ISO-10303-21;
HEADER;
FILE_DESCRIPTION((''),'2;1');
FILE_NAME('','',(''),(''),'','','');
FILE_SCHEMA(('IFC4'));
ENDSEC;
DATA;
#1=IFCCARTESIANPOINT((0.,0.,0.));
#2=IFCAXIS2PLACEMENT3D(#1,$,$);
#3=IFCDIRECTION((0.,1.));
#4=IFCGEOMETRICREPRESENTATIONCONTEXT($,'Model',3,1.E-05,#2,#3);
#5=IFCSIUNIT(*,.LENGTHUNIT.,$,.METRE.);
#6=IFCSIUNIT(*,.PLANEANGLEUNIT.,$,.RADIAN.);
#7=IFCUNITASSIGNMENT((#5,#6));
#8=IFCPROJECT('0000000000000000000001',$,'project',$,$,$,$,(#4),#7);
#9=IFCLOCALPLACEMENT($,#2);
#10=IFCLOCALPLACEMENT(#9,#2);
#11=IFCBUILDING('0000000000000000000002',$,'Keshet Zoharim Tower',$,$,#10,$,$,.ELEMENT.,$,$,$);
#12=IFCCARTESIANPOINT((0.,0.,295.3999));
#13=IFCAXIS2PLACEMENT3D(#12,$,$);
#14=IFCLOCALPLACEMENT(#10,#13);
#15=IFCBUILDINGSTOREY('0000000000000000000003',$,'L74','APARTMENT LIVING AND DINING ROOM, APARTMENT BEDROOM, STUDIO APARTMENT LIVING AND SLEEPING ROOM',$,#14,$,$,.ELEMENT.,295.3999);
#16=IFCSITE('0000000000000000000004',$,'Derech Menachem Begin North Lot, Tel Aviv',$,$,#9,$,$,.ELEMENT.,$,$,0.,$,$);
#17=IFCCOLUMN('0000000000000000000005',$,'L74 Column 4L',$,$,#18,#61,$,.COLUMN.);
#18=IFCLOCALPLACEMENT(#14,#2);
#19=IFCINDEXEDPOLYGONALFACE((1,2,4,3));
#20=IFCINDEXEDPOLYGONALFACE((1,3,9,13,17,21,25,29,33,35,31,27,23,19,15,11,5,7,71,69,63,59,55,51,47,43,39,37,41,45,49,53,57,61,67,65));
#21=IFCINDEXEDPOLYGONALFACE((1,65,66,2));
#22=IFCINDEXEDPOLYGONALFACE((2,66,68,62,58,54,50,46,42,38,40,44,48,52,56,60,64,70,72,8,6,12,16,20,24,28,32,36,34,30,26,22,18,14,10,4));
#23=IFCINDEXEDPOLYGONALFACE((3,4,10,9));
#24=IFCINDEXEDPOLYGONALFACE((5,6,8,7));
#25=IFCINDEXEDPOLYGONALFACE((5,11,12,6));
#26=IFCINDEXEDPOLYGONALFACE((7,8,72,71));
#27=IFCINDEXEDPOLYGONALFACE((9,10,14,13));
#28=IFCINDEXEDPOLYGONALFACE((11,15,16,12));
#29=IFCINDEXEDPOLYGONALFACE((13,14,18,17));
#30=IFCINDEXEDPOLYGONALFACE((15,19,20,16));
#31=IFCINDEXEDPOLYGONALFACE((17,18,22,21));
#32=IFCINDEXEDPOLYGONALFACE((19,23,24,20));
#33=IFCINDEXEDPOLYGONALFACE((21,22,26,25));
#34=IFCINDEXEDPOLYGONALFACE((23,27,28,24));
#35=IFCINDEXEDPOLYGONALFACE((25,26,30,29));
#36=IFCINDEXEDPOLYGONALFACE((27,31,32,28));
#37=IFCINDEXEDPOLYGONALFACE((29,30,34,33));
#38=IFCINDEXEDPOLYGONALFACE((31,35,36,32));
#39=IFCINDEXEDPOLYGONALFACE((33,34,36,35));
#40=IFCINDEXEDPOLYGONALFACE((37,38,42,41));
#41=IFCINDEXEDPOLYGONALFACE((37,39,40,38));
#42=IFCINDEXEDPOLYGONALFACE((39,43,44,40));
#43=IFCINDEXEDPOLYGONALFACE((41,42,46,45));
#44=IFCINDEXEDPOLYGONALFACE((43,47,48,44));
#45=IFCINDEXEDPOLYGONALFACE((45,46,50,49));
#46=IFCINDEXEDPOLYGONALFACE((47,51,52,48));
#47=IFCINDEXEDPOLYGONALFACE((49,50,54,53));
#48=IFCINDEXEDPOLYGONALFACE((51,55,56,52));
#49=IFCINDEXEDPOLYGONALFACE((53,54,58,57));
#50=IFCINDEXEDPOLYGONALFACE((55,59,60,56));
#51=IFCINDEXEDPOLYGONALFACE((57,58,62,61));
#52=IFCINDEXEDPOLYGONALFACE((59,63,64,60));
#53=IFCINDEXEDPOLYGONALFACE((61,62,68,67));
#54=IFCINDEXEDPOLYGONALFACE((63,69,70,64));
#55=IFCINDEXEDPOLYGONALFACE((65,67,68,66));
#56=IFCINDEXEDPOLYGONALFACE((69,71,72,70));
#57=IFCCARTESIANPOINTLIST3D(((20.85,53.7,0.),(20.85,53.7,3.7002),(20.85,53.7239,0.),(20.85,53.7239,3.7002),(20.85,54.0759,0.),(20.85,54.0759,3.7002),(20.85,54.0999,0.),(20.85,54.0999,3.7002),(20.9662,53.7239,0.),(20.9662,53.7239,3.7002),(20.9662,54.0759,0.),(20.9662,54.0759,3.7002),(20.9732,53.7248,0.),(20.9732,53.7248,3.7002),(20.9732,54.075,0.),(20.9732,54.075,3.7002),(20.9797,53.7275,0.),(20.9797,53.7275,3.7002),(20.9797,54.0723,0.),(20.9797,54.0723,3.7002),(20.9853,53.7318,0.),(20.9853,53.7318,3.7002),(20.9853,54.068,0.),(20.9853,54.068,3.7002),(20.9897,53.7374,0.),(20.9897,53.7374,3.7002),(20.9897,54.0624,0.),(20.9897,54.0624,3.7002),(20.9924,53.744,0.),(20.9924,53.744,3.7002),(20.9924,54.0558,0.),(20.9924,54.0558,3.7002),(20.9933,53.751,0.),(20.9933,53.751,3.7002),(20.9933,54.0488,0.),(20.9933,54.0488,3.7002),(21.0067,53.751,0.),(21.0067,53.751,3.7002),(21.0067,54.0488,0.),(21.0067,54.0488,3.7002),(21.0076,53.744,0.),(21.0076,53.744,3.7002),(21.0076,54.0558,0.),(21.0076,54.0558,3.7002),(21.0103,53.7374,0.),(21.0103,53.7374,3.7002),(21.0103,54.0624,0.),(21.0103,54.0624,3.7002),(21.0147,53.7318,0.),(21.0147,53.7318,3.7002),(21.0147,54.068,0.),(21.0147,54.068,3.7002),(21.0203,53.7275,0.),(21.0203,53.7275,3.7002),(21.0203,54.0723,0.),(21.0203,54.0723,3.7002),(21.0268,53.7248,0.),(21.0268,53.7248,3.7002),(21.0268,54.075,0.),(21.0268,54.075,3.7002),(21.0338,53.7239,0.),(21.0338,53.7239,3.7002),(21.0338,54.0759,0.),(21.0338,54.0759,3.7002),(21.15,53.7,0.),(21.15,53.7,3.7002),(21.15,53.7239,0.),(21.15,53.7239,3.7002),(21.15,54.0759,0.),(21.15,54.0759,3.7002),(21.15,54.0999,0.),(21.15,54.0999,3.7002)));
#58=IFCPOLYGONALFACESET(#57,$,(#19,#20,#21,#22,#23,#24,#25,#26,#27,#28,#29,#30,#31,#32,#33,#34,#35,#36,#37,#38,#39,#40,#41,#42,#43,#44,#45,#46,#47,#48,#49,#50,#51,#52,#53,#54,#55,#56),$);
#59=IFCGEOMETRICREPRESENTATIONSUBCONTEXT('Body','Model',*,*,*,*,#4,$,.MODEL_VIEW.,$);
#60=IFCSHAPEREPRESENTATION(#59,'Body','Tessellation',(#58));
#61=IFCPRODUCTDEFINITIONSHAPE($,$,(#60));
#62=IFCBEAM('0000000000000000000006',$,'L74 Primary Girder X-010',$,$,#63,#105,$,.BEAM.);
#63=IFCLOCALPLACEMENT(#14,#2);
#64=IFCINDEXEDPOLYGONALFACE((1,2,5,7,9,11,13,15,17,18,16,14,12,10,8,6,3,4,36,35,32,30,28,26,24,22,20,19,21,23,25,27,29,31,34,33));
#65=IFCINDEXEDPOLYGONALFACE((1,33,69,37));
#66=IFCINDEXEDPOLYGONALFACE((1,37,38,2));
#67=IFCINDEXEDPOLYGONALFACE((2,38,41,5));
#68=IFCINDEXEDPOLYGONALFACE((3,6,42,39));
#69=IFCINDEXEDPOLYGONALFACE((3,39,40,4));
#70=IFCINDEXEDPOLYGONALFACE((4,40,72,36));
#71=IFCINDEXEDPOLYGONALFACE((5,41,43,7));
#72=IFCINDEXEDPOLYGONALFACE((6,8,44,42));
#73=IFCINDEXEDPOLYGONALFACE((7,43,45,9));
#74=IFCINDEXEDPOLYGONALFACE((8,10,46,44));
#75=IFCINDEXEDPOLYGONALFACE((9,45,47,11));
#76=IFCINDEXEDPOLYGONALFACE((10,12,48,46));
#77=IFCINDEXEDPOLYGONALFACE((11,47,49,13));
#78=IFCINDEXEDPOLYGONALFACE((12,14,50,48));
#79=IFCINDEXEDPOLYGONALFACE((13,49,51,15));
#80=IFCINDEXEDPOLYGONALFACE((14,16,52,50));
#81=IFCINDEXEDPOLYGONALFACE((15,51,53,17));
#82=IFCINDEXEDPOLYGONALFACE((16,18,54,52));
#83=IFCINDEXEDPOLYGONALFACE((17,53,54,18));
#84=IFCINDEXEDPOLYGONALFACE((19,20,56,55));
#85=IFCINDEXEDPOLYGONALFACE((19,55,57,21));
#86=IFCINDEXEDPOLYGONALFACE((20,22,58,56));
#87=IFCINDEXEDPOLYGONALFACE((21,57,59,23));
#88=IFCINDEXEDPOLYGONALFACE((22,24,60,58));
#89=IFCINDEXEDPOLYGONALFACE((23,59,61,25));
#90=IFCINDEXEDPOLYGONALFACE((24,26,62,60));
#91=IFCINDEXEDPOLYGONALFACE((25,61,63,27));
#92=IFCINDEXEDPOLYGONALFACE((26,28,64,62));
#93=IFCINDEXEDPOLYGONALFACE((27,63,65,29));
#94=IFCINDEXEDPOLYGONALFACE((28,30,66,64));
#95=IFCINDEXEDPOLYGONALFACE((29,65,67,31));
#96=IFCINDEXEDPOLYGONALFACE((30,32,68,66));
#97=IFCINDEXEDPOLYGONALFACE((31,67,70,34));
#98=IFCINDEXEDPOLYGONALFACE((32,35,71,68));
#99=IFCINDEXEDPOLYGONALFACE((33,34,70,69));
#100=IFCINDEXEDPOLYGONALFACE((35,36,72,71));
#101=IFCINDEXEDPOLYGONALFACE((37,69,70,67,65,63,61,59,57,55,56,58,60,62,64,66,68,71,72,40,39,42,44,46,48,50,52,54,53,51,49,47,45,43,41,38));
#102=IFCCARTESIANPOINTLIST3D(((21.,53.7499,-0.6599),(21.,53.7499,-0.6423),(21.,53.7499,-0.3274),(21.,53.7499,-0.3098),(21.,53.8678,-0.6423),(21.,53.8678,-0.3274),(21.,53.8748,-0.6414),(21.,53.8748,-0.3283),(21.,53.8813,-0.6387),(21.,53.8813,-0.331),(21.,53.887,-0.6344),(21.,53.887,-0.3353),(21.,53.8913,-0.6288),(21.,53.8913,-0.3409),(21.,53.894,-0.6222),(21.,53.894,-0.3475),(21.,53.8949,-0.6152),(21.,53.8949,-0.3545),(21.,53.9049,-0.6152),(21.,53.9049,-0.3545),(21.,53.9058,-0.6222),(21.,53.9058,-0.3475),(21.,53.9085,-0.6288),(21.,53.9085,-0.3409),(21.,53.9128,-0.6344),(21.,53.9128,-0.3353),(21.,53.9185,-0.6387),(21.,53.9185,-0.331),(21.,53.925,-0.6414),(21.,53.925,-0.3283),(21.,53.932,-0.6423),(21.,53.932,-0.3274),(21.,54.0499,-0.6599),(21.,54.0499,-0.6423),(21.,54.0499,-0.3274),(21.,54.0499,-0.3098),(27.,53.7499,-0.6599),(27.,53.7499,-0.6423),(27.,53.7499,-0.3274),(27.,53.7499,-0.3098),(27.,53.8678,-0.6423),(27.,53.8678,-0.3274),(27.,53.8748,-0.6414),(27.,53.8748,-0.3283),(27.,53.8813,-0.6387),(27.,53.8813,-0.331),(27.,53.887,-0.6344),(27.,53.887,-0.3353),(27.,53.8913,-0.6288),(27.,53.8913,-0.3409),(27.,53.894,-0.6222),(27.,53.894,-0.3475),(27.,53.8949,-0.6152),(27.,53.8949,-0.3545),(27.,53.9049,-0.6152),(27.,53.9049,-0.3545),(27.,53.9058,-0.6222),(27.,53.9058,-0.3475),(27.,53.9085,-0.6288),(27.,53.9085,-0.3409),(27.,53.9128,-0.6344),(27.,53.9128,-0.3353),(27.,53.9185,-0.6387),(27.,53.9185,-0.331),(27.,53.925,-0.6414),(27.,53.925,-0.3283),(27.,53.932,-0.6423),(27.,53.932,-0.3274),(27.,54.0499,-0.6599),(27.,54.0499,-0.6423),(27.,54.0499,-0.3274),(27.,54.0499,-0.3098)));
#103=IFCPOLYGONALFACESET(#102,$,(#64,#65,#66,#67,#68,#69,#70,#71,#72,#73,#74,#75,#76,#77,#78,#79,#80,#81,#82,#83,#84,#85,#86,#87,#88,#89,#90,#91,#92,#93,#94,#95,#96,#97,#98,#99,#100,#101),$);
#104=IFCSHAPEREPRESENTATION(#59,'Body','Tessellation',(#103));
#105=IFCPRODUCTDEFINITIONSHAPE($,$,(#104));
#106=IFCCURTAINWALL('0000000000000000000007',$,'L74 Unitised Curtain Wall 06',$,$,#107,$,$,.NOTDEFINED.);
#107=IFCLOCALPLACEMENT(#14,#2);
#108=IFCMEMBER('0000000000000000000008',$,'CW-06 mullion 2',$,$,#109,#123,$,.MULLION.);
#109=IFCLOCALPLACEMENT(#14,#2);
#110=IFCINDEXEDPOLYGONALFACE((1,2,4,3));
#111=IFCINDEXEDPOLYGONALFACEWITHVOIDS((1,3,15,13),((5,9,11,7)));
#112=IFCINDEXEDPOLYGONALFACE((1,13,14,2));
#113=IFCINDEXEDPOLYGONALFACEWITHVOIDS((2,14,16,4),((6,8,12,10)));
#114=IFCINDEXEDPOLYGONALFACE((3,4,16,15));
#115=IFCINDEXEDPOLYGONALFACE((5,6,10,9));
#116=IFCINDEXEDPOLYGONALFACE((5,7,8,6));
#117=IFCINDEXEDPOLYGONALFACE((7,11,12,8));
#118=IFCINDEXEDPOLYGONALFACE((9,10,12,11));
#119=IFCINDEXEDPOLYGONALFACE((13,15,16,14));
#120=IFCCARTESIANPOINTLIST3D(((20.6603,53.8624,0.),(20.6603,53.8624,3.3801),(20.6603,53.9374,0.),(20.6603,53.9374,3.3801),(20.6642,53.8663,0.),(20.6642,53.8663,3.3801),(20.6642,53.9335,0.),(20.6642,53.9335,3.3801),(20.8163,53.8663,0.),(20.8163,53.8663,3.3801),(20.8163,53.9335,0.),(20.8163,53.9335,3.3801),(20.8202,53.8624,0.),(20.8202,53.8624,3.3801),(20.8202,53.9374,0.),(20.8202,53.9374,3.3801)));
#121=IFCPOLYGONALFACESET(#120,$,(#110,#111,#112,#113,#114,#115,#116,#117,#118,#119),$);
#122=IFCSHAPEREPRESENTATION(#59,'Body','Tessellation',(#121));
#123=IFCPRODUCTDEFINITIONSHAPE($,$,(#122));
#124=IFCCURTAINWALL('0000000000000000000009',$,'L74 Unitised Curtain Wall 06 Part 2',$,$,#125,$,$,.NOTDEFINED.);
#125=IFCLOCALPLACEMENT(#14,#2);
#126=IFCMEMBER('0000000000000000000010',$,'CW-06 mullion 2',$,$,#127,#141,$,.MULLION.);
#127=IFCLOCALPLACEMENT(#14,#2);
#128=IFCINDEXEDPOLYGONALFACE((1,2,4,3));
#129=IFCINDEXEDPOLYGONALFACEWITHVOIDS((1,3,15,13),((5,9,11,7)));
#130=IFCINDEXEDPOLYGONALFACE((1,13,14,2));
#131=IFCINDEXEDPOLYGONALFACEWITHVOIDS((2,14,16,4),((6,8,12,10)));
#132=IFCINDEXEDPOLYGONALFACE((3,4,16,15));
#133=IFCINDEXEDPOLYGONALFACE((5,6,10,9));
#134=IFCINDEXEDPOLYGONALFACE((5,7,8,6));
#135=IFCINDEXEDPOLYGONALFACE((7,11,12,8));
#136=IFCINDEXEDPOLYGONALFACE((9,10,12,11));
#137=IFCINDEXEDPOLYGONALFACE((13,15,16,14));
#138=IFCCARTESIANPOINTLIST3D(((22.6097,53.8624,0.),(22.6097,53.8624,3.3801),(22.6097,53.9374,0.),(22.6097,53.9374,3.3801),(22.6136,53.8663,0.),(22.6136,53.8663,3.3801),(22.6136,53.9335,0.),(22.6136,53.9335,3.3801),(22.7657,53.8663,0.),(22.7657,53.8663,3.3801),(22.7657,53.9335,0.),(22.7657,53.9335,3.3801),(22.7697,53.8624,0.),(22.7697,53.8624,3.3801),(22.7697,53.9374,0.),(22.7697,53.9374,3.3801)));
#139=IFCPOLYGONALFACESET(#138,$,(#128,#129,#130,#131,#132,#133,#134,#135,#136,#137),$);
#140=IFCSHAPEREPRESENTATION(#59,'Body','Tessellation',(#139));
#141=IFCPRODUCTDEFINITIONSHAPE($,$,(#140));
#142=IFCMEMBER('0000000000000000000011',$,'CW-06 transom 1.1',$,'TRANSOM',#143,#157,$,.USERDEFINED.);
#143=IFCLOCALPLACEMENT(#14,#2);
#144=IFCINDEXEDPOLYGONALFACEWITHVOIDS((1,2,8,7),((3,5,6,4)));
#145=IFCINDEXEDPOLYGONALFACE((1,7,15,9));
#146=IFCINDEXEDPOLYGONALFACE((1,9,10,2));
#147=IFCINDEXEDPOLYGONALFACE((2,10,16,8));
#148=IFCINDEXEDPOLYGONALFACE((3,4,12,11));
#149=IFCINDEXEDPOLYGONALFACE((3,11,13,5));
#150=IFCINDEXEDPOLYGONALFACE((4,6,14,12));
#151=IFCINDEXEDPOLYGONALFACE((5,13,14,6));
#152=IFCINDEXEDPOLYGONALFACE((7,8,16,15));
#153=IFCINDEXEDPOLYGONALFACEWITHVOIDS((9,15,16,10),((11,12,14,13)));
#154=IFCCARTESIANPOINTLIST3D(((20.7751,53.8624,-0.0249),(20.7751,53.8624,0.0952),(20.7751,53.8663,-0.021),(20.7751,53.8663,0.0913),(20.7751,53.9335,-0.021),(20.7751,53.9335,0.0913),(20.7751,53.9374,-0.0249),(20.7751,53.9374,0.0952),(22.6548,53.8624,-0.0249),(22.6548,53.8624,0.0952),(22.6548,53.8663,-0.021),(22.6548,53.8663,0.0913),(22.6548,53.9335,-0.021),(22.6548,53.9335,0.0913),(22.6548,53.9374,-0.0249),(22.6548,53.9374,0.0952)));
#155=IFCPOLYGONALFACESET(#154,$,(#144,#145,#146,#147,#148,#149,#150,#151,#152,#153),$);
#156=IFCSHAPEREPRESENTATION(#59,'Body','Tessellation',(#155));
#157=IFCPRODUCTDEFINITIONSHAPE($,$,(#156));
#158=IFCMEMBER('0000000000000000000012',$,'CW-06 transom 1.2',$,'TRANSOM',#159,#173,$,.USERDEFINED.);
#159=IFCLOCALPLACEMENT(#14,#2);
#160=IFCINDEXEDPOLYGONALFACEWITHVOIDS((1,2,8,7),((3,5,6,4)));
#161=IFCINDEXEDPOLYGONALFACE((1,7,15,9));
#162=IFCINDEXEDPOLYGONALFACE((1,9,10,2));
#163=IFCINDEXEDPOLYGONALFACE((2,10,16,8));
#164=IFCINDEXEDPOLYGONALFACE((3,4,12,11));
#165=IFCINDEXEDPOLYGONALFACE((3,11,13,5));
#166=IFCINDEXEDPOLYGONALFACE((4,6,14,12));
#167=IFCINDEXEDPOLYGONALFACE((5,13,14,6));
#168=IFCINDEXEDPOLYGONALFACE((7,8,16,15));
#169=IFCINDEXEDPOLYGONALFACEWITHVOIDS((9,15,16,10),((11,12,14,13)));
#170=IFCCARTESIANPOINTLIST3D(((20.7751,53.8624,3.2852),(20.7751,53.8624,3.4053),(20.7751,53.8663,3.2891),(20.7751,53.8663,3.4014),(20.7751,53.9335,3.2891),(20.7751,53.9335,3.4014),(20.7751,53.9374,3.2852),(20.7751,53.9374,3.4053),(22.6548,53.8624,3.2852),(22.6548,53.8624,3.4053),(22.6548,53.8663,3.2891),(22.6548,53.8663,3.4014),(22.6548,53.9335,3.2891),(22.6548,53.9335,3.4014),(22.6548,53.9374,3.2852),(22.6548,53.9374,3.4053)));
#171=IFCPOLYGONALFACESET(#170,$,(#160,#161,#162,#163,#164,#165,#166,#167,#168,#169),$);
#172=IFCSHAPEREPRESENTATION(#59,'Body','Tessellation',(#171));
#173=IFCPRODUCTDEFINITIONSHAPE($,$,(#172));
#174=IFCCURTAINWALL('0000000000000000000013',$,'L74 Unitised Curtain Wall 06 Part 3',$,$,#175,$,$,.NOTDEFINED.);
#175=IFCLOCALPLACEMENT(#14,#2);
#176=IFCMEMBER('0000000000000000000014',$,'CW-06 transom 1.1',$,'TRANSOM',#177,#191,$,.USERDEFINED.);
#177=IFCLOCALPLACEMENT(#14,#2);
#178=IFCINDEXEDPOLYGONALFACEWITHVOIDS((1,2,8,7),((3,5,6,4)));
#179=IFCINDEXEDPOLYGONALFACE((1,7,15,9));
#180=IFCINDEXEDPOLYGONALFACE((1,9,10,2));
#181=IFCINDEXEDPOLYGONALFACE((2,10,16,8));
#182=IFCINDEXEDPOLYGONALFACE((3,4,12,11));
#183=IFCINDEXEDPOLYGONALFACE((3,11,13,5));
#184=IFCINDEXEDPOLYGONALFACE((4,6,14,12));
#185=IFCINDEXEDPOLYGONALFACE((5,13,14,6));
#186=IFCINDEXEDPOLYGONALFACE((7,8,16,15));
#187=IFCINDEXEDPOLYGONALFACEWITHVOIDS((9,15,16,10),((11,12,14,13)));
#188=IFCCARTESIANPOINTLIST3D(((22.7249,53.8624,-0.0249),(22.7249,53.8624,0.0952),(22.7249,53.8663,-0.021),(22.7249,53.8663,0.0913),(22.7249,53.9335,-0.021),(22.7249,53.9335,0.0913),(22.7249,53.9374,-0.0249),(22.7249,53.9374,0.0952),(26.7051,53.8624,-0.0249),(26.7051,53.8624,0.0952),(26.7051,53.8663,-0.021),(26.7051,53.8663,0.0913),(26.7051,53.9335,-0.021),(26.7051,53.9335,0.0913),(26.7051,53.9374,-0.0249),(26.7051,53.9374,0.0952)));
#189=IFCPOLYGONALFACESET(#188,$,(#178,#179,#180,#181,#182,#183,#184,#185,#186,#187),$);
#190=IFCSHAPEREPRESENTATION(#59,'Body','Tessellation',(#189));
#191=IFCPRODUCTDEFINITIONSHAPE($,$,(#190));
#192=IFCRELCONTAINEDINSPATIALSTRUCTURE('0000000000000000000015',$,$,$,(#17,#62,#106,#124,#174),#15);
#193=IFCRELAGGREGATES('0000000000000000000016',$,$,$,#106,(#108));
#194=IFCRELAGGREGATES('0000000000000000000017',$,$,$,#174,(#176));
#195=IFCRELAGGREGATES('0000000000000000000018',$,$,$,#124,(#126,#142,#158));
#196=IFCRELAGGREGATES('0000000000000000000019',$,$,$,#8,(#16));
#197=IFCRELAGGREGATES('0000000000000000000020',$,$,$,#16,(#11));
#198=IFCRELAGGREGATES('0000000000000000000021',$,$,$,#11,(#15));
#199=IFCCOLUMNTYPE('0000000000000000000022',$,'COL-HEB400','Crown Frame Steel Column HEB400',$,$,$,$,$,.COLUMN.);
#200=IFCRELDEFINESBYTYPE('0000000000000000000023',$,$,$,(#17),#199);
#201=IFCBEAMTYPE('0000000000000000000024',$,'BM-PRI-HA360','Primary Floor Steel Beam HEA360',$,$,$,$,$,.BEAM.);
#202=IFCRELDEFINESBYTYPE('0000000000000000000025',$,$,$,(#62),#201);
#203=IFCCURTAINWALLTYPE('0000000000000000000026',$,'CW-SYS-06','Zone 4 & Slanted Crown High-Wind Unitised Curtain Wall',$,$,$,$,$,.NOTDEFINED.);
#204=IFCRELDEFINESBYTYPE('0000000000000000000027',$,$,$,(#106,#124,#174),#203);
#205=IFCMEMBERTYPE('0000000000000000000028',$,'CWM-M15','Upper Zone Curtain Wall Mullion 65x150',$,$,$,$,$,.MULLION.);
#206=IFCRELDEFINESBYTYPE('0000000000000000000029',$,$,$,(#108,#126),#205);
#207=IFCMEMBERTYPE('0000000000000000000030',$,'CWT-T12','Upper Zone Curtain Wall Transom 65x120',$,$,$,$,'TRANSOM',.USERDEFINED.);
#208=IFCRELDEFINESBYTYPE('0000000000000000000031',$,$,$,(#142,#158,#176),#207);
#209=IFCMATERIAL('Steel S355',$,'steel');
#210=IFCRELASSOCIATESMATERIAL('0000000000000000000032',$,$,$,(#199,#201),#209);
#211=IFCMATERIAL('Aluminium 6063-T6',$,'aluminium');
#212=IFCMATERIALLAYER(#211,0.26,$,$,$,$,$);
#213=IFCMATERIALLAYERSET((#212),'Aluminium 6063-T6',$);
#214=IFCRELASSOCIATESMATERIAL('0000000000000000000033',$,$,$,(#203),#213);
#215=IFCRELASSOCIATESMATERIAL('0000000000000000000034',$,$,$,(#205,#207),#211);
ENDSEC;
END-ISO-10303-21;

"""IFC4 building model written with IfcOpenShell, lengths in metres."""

from ifc_helpers import new_model, si_unit, direction, frame, origin, origin_2d, place, context, subcontext, project, spatial, hollow_rectangle, i_section, extrude, material, layer, layer_set, material_profile, profile_set, type_object, element, aggregate, save


model = new_model("IFC4")

# Units and contexts
model_context = context("Model", 3, precision=1e-05, world=origin(), true_north=direction((0.0, 1.0)))
body_context = subcontext(model_context, "Body", "Model", "MODEL_VIEW")
ifc_project = project(units=[si_unit("LENGTHUNIT", "METRE"), si_unit("PLANEANGLEUNIT", "RADIAN")], contexts=[model_context])

# Site, building, storey
site_placement = place(None, origin())
site = spatial("IfcSite", under=ifc_project, at=site_placement, Name="Derech Menachem Begin North Lot, Tel Aviv", CompositionType="ELEMENT", RefElevation=0.0)
building_placement = place(site_placement, origin())
building = spatial("IfcBuilding", under=site, at=building_placement, Name="Keshet Zoharim Tower", CompositionType="ELEMENT")
storey_placement = place(building_placement, frame((0.0, 0.0, 295.3999)))
storey = spatial("IfcBuildingStorey", under=building, at=storey_placement, Name="L74", Description="APARTMENT LIVING AND DINING ROOM, APARTMENT BEDROOM, STUDIO APARTMENT LIVING AND SLEEPING ROOM", CompositionType="ELEMENT", Elevation=295.3999)

# Column
ifc_material_1 = material(Name="Steel S355", Category="steel")
ifc_material_profile_1 = material_profile(ifc_material_1, i_section(OverallWidth=0.3, OverallDepth=0.3999, WebThickness=0.0134, FlangeThickness=0.0239, FilletRadius=0.0271, at=origin_2d()), Name="HEB400")
ifc_profile_set_1 = profile_set([ifc_material_profile_1], Name="Steel S355")
column_type = type_object("IfcColumnType", Name="COL-HEB400", Description="Crown Frame Steel Column HEB400", PredefinedType="COLUMN", material=ifc_profile_set_1)
column_placement = place(storey_placement, frame((21.0, 53.8999, 0.0), z_axis=(0.0, 0.0, 1.0), x_axis=(1.0, 0.0, 0.0)))
element("IfcColumn", 1, at=column_placement, inside=storey, type_object=column_type, Name="L74 Column 4L", PredefinedType="COLUMN", context=body_context, shape_type="SweptSolid", body=[
    extrude(i_section(OverallWidth=0.3, OverallDepth=0.3999, WebThickness=0.0134, FlangeThickness=0.0239, FilletRadius=0.0271, at=origin_2d()), origin(), (0.0, 0.0, 1.0), 3.7002),
])

# Beam
ifc_material_profile_2 = material_profile(ifc_material_1, i_section(OverallWidth=0.3, OverallDepth=0.3501, WebThickness=0.01, FlangeThickness=0.0176, FilletRadius=0.0271, at=origin_2d()), Name="HEA360")
ifc_profile_set_2 = profile_set([ifc_material_profile_2], Name="Steel S355")
beam_type = type_object("IfcBeamType", Name="BM-PRI-HA360", Description="Primary Floor Steel Beam HEA360", PredefinedType="BEAM", material=ifc_profile_set_2)
beam_placement = place(storey_placement, frame((21.0, 53.8999, -0.4849), z_axis=(1.0, 0.0, 0.0), x_axis=(0.0, 1.0, 0.0)))
element("IfcBeam", 2, at=beam_placement, inside=storey, type_object=beam_type, Name="L74 Primary Girder X-010", PredefinedType="BEAM", context=body_context, shape_type="SweptSolid", body=[
    extrude(i_section(OverallWidth=0.3, OverallDepth=0.3501, WebThickness=0.01, FlangeThickness=0.0176, FilletRadius=0.0271, at=origin_2d()), origin(), (0.0, 0.0, 1.0), 6.0),
])

# Curtain wall, member
ifc_material_2 = material(Name="Aluminium 6063-T6", Category="aluminium")
ifc_layer_1 = layer(ifc_material_2, 0.26)
ifc_layer_set_1 = layer_set([ifc_layer_1], Name="Aluminium 6063-T6")
curtain_wall_type = type_object("IfcCurtainWallType", Name="CW-SYS-06", Description="Zone 4 & Slanted Crown High-Wind Unitised Curtain Wall", PredefinedType="NOTDEFINED", material=ifc_layer_set_1)
curtain_wall_1_placement = place(storey_placement, origin())
curtain_wall_1 = element("IfcCurtainWall", 3, at=curtain_wall_1_placement, inside=storey, type_object=curtain_wall_type, Name="L74 Unitised Curtain Wall 06", PredefinedType="NOTDEFINED")
ifc_material_profile_3 = material_profile(ifc_material_2, hollow_rectangle(XDim=0.075, YDim=0.1599, WallThickness=0.0039, at=origin_2d()), Name="MUL-75x160")
ifc_profile_set_3 = profile_set([ifc_material_profile_3], Name="Aluminium 6063-T6")
member_type_1 = type_object("IfcMemberType", Name="CWM-M15", Description="Upper Zone Curtain Wall Mullion 65x150", PredefinedType="MULLION", material=ifc_profile_set_3)
member_1_placement = place(storey_placement, frame((20.7402, 53.8999, 0.0), z_axis=(0.0, 0.0, 1.0), x_axis=(0.0, 1.0, 0.0)))
member_1 = element("IfcMember", 4, at=member_1_placement, type_object=member_type_1, Name="CW-06 mullion 2", PredefinedType="MULLION", context=body_context, shape_type="SweptSolid", body=[
    extrude(hollow_rectangle(XDim=0.075, YDim=0.1599, WallThickness=0.0039, at=origin_2d()), origin(), (0.0, 0.0, 1.0), 3.3801),
])

# Curtain walls, members
curtain_wall_2_placement = place(storey_placement, origin())
curtain_wall_2 = element("IfcCurtainWall", 5, at=curtain_wall_2_placement, inside=storey, type_object=curtain_wall_type, Name="L74 Unitised Curtain Wall 06 Part 2", PredefinedType="NOTDEFINED")
member_2_placement = place(storey_placement, frame((22.6897, 53.8999, 0.0), z_axis=(0.0, 0.0, 1.0), x_axis=(0.0, 1.0, 0.0)))
member_2 = element("IfcMember", 6, at=member_2_placement, type_object=member_type_1, Name="CW-06 mullion 2", PredefinedType="MULLION", context=body_context, shape_type="SweptSolid", body=[
    extrude(hollow_rectangle(XDim=0.075, YDim=0.1599, WallThickness=0.0039, at=origin_2d()), origin(), (0.0, 0.0, 1.0), 3.3801),
])
ifc_material_profile_4 = material_profile(ifc_material_2, hollow_rectangle(XDim=0.075, YDim=0.1201, WallThickness=0.0039, at=origin_2d()), Name="TRN-75x120")
ifc_profile_set_4 = profile_set([ifc_material_profile_4], Name="Aluminium 6063-T6")
member_type_2 = type_object("IfcMemberType", Name="CWT-T12", Description="Upper Zone Curtain Wall Transom 65x120", ElementType="TRANSOM", PredefinedType="USERDEFINED", material=ifc_profile_set_4)
member_3_placement = place(storey_placement, frame((20.7751, 53.8999, 0.0352), z_axis=(1.0, 0.0, 0.0), x_axis=(0.0, 1.0, 0.0)))
member_3 = element("IfcMember", 7, at=member_3_placement, type_object=member_type_2, Name="CW-06 transom 1.1", ObjectType="TRANSOM", PredefinedType="USERDEFINED", context=body_context, shape_type="SweptSolid", body=[
    extrude(hollow_rectangle(XDim=0.075, YDim=0.1201, WallThickness=0.0039, at=origin_2d()), origin(), (0.0, 0.0, 1.0), 1.8796),
])
member_4_placement = place(storey_placement, frame((20.7751, 53.8999, 3.3452), z_axis=(1.0, 0.0, 0.0), x_axis=(0.0, 1.0, 0.0)))
member_4 = element("IfcMember", 8, at=member_4_placement, type_object=member_type_2, Name="CW-06 transom 1.2", ObjectType="TRANSOM", PredefinedType="USERDEFINED", context=body_context, shape_type="SweptSolid", body=[
    extrude(hollow_rectangle(XDim=0.075, YDim=0.1201, WallThickness=0.0039, at=origin_2d()), origin(), (0.0, 0.0, 1.0), 1.8796),
])
curtain_wall_3_placement = place(storey_placement, origin())
curtain_wall_3 = element("IfcCurtainWall", 9, at=curtain_wall_3_placement, inside=storey, type_object=curtain_wall_type, Name="L74 Unitised Curtain Wall 06 Part 3", PredefinedType="NOTDEFINED")
member_5_placement = place(storey_placement, frame((22.7249, 53.8999, 0.0352), z_axis=(1.0, 0.0, 0.0), x_axis=(0.0, 1.0, 0.0)))
member_5 = element("IfcMember", 10, at=member_5_placement, type_object=member_type_2, Name="CW-06 transom 1.1", ObjectType="TRANSOM", PredefinedType="USERDEFINED", context=body_context, shape_type="SweptSolid", body=[
    extrude(hollow_rectangle(XDim=0.075, YDim=0.1201, WallThickness=0.0039, at=origin_2d()), origin(), (0.0, 0.0, 1.0), 3.9802),
])

aggregate(curtain_wall_1, [member_1])
aggregate(curtain_wall_3, [member_5])
aggregate(curtain_wall_2, [member_2, member_3, member_4])

save(model, "model.ifc")
